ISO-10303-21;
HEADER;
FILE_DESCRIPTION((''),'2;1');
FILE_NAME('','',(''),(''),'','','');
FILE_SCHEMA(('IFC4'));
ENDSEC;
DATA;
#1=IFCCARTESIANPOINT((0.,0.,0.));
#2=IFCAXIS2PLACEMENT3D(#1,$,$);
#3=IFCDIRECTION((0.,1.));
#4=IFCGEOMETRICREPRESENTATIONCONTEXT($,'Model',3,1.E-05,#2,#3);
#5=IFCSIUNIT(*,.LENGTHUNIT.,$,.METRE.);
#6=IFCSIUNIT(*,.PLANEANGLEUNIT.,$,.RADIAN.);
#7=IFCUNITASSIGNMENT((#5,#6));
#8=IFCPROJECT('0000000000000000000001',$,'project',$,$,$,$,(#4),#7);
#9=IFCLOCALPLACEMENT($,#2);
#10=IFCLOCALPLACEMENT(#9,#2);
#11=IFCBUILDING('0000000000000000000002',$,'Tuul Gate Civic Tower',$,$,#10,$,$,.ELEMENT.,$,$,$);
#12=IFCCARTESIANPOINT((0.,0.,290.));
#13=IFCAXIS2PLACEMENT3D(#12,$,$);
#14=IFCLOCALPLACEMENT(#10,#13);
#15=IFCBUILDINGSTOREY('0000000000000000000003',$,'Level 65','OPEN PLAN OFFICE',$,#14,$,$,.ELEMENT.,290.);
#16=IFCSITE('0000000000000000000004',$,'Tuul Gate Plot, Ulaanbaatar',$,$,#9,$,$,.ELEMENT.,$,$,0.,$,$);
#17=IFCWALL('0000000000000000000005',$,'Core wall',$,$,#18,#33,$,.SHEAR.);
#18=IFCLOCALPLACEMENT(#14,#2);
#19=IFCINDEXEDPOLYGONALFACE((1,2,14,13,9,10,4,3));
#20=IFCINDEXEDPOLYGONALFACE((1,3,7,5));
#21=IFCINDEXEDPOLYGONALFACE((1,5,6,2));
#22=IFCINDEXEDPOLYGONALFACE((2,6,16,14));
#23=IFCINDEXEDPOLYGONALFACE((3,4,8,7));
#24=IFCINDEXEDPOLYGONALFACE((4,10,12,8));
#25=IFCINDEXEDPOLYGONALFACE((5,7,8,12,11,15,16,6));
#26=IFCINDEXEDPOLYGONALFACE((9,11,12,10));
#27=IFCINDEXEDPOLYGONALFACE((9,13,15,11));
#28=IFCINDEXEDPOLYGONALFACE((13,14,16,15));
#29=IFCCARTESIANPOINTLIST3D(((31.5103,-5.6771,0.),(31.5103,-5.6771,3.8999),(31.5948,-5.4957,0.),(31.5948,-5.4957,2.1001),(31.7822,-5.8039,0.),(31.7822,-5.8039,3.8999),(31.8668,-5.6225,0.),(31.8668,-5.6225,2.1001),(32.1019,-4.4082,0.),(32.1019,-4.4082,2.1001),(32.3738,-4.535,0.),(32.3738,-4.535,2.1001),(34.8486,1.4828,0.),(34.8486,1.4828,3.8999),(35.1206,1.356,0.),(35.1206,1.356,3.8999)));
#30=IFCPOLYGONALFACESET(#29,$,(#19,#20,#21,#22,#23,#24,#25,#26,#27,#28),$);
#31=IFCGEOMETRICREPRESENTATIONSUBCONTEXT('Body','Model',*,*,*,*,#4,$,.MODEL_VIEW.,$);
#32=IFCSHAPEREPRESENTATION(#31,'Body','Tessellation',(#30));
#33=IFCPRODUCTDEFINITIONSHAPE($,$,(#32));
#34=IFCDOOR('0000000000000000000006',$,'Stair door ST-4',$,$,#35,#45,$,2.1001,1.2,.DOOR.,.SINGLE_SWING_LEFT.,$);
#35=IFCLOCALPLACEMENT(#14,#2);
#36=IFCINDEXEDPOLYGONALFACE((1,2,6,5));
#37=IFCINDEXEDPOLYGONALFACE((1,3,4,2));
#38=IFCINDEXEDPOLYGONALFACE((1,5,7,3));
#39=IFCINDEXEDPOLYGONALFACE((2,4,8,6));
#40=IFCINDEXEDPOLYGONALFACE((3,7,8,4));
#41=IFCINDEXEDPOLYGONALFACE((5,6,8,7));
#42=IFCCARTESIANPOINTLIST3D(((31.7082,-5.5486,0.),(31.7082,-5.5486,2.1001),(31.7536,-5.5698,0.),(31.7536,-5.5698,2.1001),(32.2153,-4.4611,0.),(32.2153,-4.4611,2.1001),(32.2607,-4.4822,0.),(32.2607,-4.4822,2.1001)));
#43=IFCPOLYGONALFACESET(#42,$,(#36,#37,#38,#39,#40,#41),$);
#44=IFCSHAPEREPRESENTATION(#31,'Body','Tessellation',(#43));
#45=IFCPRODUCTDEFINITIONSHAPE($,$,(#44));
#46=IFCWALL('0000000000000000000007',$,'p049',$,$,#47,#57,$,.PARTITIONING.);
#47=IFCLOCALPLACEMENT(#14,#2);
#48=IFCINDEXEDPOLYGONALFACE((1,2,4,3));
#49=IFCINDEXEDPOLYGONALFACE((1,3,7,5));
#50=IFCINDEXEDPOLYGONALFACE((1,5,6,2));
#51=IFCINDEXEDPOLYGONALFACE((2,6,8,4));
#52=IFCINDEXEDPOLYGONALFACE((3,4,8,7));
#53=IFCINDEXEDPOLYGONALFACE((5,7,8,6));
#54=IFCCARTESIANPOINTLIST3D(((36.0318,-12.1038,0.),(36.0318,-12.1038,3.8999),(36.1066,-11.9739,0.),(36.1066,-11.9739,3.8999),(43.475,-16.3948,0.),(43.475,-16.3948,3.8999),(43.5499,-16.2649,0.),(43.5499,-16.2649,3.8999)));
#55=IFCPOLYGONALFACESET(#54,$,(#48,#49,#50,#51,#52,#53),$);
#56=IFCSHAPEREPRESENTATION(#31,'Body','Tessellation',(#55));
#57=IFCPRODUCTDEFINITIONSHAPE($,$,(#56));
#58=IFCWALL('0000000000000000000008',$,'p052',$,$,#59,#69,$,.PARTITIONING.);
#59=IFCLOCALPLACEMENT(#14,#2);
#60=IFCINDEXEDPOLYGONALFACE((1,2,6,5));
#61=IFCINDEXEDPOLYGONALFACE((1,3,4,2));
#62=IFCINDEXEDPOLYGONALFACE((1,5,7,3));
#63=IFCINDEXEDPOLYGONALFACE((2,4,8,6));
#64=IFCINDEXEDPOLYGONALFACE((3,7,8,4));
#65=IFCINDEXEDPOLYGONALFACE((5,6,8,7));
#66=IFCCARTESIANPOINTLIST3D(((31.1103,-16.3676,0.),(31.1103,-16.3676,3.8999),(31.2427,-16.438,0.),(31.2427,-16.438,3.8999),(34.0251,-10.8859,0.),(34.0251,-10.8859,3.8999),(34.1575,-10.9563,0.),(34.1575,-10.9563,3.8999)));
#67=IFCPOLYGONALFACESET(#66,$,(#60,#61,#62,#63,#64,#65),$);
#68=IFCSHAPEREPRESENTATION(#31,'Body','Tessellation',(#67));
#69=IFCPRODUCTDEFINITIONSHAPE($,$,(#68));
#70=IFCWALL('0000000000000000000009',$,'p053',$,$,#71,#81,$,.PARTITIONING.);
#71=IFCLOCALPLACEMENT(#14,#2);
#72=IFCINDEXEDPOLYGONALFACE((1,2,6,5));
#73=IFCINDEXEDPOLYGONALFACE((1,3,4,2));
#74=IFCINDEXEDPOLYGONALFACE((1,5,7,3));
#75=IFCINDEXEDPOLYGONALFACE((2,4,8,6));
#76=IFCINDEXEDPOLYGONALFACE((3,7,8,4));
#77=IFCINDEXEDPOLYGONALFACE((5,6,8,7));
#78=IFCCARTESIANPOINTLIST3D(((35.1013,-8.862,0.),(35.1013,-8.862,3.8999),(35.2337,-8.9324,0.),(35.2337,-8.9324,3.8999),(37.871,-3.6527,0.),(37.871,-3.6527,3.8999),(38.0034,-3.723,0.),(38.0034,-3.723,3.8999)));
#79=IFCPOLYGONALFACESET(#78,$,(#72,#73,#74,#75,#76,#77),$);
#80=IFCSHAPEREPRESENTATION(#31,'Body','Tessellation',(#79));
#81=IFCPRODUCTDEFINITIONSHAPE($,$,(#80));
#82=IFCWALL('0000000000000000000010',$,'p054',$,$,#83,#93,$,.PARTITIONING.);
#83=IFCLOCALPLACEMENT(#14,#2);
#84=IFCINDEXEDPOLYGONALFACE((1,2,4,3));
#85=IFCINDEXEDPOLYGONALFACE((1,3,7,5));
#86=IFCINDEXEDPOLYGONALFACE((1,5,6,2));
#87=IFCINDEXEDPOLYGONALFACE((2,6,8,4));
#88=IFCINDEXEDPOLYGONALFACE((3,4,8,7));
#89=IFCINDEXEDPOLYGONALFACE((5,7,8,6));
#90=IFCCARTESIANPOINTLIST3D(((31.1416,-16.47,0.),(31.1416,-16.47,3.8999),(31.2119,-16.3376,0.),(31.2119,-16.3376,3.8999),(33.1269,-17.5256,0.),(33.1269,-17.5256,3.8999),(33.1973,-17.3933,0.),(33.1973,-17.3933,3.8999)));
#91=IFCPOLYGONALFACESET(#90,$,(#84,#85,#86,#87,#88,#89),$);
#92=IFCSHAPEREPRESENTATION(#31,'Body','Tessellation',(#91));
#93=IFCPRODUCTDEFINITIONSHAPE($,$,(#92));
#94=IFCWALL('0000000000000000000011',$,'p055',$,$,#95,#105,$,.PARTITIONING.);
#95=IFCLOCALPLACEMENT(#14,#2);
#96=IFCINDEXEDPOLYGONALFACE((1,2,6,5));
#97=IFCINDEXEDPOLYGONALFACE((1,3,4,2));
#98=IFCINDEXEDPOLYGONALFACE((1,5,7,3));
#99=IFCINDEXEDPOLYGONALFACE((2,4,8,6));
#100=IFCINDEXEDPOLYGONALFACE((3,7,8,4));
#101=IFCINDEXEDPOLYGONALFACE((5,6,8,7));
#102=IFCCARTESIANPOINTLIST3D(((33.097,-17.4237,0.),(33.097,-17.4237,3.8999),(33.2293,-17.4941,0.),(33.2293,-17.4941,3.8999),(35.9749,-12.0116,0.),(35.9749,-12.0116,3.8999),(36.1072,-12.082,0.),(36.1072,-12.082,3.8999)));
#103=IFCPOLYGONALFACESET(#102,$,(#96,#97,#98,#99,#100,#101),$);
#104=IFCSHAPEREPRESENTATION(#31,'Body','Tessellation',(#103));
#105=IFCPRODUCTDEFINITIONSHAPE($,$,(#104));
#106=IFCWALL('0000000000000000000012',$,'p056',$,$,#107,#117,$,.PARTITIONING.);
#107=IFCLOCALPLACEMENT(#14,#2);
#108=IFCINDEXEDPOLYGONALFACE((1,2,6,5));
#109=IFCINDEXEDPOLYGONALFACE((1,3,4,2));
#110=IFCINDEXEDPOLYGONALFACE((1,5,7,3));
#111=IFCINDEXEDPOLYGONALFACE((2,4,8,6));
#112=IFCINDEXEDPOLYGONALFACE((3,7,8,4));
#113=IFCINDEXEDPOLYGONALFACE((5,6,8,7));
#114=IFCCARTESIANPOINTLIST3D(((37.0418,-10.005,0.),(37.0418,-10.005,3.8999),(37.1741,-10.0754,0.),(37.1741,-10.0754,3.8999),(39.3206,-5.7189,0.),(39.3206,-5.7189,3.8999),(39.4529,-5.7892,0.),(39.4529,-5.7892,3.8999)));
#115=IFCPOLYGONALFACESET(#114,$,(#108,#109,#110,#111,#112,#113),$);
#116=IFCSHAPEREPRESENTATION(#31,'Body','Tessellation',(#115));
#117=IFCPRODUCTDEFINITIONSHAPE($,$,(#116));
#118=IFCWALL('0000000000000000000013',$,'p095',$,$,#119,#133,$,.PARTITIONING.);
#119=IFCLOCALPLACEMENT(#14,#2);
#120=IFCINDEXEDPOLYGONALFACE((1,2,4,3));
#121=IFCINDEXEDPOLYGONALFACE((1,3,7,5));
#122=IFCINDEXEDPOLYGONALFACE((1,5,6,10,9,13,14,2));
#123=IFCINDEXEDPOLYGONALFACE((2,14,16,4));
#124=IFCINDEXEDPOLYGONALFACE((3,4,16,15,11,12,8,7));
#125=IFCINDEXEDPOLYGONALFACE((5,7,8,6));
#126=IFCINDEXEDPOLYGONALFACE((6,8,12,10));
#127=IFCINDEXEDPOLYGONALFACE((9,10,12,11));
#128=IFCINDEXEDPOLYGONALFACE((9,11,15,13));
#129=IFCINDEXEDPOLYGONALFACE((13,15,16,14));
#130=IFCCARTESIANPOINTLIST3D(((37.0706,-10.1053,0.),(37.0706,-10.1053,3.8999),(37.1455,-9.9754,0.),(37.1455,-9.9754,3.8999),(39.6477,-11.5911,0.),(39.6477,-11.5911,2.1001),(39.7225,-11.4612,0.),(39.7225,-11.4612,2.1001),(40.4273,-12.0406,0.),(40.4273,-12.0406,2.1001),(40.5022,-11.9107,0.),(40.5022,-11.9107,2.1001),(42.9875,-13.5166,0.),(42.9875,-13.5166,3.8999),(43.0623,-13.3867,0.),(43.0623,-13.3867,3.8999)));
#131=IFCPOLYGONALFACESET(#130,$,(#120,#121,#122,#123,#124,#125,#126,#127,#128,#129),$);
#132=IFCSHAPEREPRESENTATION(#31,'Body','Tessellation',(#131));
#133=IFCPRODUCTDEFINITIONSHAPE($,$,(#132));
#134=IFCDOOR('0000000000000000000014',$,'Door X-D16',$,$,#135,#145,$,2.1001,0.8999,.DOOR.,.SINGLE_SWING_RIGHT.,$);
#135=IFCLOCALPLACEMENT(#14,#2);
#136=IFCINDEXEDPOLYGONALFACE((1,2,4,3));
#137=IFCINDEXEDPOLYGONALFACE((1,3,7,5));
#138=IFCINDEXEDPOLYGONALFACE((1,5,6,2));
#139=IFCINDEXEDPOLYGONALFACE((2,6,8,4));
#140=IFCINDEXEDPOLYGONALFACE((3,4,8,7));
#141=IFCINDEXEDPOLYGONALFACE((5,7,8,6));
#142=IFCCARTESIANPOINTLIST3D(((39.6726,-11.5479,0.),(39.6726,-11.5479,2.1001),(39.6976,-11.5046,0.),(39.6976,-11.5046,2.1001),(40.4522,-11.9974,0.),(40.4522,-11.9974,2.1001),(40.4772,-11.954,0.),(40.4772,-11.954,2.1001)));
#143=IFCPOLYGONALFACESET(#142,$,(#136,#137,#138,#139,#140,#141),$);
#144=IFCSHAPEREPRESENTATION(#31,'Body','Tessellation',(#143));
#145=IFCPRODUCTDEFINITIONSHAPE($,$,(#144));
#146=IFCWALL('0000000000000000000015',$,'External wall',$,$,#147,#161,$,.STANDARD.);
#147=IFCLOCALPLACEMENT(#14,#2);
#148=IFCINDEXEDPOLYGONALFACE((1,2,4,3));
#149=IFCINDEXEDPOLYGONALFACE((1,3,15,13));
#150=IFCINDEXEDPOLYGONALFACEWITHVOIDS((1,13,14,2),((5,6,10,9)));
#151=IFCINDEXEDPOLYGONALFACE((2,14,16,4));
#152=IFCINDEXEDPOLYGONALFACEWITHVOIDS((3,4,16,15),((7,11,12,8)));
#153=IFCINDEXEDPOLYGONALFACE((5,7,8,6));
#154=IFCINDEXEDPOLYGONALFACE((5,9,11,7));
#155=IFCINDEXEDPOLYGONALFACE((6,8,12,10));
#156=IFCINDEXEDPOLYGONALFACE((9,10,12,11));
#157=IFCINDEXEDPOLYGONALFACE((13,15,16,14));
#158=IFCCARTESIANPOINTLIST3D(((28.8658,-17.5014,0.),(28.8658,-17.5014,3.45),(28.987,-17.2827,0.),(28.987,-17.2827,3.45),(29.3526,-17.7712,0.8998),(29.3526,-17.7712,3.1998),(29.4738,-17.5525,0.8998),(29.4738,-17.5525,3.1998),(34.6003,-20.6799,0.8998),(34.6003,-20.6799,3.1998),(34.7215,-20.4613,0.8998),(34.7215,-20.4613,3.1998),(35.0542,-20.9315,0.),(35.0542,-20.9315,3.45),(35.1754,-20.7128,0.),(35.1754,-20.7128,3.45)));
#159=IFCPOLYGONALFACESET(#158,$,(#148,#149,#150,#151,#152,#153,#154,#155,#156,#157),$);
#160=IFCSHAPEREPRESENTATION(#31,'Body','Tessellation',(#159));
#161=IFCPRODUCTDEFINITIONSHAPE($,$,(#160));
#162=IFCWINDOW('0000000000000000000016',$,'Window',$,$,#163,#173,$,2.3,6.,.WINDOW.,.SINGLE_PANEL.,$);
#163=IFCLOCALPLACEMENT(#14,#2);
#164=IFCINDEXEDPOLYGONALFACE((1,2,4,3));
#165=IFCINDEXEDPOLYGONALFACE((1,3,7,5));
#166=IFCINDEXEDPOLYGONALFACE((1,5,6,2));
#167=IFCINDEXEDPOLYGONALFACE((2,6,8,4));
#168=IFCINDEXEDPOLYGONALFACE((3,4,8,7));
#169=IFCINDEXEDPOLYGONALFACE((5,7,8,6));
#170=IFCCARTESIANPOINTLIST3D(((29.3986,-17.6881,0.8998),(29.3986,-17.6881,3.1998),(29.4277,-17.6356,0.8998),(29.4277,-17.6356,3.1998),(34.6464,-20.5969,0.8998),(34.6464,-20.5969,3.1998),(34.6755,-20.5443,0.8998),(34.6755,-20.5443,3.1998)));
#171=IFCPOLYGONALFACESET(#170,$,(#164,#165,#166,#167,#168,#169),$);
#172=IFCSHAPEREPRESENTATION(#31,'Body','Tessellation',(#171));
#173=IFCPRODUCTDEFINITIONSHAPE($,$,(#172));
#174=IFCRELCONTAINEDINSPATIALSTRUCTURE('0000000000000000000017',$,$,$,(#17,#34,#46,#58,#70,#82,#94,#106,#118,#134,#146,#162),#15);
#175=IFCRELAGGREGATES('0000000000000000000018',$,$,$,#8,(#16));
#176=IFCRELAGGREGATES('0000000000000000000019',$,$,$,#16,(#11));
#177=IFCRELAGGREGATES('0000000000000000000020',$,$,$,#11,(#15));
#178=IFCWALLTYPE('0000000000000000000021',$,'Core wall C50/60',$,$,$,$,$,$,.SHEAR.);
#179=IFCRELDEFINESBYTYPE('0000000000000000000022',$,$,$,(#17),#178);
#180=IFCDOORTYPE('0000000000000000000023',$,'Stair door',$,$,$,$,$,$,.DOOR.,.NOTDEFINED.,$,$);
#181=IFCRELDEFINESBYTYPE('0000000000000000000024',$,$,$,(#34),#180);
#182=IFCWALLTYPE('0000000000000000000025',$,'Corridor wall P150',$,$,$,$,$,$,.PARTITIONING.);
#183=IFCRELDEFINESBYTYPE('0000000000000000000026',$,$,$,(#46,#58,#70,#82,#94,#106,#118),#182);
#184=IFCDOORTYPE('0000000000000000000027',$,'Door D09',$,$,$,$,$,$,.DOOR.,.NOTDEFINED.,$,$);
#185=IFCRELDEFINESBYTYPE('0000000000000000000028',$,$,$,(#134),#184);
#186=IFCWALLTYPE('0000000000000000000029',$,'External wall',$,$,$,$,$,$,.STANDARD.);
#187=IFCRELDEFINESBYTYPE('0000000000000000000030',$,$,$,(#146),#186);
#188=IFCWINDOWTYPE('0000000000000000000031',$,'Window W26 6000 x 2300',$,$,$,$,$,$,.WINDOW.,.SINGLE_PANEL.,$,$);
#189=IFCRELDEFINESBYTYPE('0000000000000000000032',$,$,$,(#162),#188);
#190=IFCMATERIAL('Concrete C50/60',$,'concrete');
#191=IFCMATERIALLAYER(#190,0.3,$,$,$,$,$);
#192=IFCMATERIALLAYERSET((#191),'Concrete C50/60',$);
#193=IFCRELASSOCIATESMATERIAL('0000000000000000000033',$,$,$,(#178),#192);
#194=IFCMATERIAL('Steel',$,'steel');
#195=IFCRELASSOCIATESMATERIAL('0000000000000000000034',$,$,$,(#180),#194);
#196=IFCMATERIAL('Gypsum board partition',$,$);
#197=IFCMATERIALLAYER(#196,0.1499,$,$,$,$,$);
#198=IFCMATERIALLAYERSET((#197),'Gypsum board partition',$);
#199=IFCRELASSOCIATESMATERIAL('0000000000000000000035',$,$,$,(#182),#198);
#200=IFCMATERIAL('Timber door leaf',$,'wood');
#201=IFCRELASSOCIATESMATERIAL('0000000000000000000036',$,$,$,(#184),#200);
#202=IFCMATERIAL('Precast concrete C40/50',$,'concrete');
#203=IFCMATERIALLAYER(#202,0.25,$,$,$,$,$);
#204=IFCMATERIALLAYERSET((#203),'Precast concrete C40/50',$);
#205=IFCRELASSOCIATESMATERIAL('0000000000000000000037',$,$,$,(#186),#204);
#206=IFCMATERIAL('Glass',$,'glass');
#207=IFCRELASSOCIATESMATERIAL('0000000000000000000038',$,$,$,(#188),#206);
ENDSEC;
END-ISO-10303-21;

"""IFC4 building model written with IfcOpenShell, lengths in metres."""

from ifc_helpers import new_model, si_unit, direction, frame, frame_2d, origin, place, context, subcontext, project, spatial, rectangle, extrude, material, layer, layer_set, type_object, element, fill, save


model = new_model("IFC4")

# Units and contexts
model_context = context("Model", 3, precision=1e-05, world=origin(), true_north=direction((0.0, 1.0)))
body_context = subcontext(model_context, "Body", "Model", "MODEL_VIEW")
ifc_project = project(units=[si_unit("LENGTHUNIT", "METRE"), si_unit("PLANEANGLEUNIT", "RADIAN")], contexts=[model_context])

# Site, building, storey
site_placement = place(None, origin())
site = spatial("IfcSite", under=ifc_project, at=site_placement, Name="Tuul Gate Plot, Ulaanbaatar", CompositionType="ELEMENT", RefElevation=0.0)
building_placement = place(site_placement, origin())
building = spatial("IfcBuilding", under=site, at=building_placement, Name="Tuul Gate Civic Tower", CompositionType="ELEMENT")
storey_placement = place(building_placement, frame((0.0, 0.0, 290.0)))
storey = spatial("IfcBuildingStorey", under=building, at=storey_placement, Name="Level 65", Description="OPEN PLAN OFFICE", CompositionType="ELEMENT", Elevation=290.0)

# Shared definitions
ifc_material_1 = material(Name="Concrete C50/60", Category="concrete")
ifc_layer_1 = layer(ifc_material_1, 0.3)
ifc_layer_set_1 = layer_set([ifc_layer_1], Name="Concrete C50/60")
wall_type_1 = type_object("IfcWallType", Name="Core wall C50/60", PredefinedType="SHEAR", material=ifc_layer_set_1)

# Wall, opening, door
wall_1_placement = place(storey_placement, frame((31.6462, -5.7405, 0.0), z_axis=(0.0, 0.0, 1.0), x_axis=(0.422583, 0.906324, 0.0)))
wall_1 = element("IfcWall", 1, at=wall_1_placement, inside=storey, type_object=wall_type_1, Name="Core wall", PredefinedType="SHEAR", context=body_context, shape_type="SweptSolid", body=[
    extrude(rectangle(XDim=7.8999, YDim=0.3, at=frame_2d((3.95, 0.0))), origin(), (0.0, 0.0, 1.0), 3.8999),
])
opening_1_placement = place(wall_1_placement, frame((0.2, 0.0, 0.0)))
opening_1 = element("IfcOpeningElement", 2, at=opening_1_placement, cuts=wall_1, PredefinedType="OPENING", context=body_context, shape_type="SweptSolid", body=[
    extrude(rectangle(XDim=1.2, YDim=2.1001, at=frame_2d((0.6001, 1.05))), frame((0.0, 0.1602, 0.0), z_axis=(0.0, -1.0, 0.0), x_axis=(1.0, 0.0, 0.0)), (0.0, 0.0, 1.0), 0.3201),
])
ifc_material_2 = material(Name="Steel", Category="steel")
door_type_1 = type_object("IfcDoorType", Name="Stair door", OperationType="NOTDEFINED", PredefinedType="DOOR", material=ifc_material_2)
door_1_placement = place(opening_1_placement, origin())
door_1 = element("IfcDoor", 3, at=door_1_placement, inside=storey, type_object=door_type_1, Name="Stair door ST-4", OperationType="SINGLE_SWING_LEFT", OverallHeight=2.1001, OverallWidth=1.2, PredefinedType="DOOR", context=body_context, shape_type="SweptSolid", body=[
    extrude(rectangle(XDim=1.2, YDim=2.1001, at=frame_2d((0.6001, 1.05))), frame((0.0, 0.0249, 0.0), z_axis=(0.0, -1.0, 0.0), x_axis=(1.0, 0.0, 0.0)), (0.0, 0.0, 1.0), 0.05),
])
fill(opening_1, door_1)

# Walls
ifc_material_3 = material(Name="Gypsum board partition")
ifc_layer_2 = layer(ifc_material_3, 0.1499)
ifc_layer_set_2 = layer_set([ifc_layer_2], Name="Gypsum board partition")
wall_type_2 = type_object("IfcWallType", Name="Corridor wall P150", PredefinedType="PARTITIONING", material=ifc_layer_set_2)
wall_2_placement = place(storey_placement, frame((36.0691, -12.0388, 0.0), z_axis=(0.0, 0.0, 1.0), x_axis=(0.866348, -0.49944, 0.0)))
element("IfcWall", 4, at=wall_2_placement, inside=storey, type_object=wall_type_2, Name="p049", PredefinedType="PARTITIONING", context=body_context, shape_type="SweptSolid", body=[
    extrude(rectangle(XDim=8.5916, YDim=0.1499, at=frame_2d((4.2959, 0.0))), origin(), (0.0, 0.0, 1.0), 3.8999),
])
wall_3_placement = place(storey_placement, frame((31.1765, -16.4028, 0.0), z_axis=(0.0, 0.0, 1.0), x_axis=(0.469488, 0.882939, 0.0)))
element("IfcWall", 5, at=wall_3_placement, inside=storey, type_object=wall_type_2, Name="p052", PredefinedType="PARTITIONING", context=body_context, shape_type="SweptSolid", body=[
    extrude(rectangle(XDim=6.2085, YDim=0.1499, at=frame_2d((3.1042, 0.0))), origin(), (0.0, 0.0, 1.0), 3.8999),
])
wall_4_placement = place(storey_placement, frame((35.1675, -8.8972, 0.0), z_axis=(0.0, 0.0, 1.0), x_axis=(0.469452, 0.882958, 0.0)))
element("IfcWall", 6, at=wall_4_placement, inside=storey, type_object=wall_type_2, Name="p053", PredefinedType="PARTITIONING", context=body_context, shape_type="SweptSolid", body=[
    extrude(rectangle(XDim=5.8999, YDim=0.1499, at=frame_2d((2.95, 0.0))), origin(), (0.0, 0.0, 1.0), 3.8999),
])
wall_5_placement = place(storey_placement, frame((31.1768, -16.4038, 0.0), z_axis=(0.0, 0.0, 1.0), x_axis=(0.882941, -0.469483, 0.0)))
element("IfcWall", 7, at=wall_5_placement, inside=storey, type_object=wall_type_2, Name="p054", PredefinedType="PARTITIONING", context=body_context, shape_type="SweptSolid", body=[
    extrude(rectangle(XDim=2.2485, YDim=0.1499, at=frame_2d((1.1243, 0.0))), origin(), (0.0, 0.0, 1.0), 3.8999),
])
wall_6_placement = place(storey_placement, frame((33.1631, -17.459, 0.0), z_axis=(0.0, 0.0, 1.0), x_axis=(0.469505, 0.88293, 0.0)))
element("IfcWall", 8, at=wall_6_placement, inside=storey, type_object=wall_type_2, Name="p055", PredefinedType="PARTITIONING", context=body_context, shape_type="SweptSolid", body=[
    extrude(rectangle(XDim=6.1296, YDim=0.1499, at=frame_2d((3.0649, 0.0))), origin(), (0.0, 0.0, 1.0), 3.8999),
])
wall_7_placement = place(storey_placement, frame((37.1079, -10.0403, 0.0), z_axis=(0.0, 0.0, 1.0), x_axis=(0.469444, 0.882962, 0.0)))
element("IfcWall", 9, at=wall_7_placement, inside=storey, type_object=wall_type_2, Name="p056", PredefinedType="PARTITIONING", context=body_context, shape_type="SweptSolid", body=[
    extrude(rectangle(XDim=4.8542, YDim=0.1499, at=frame_2d((2.4272, 0.0))), origin(), (0.0, 0.0, 1.0), 3.8999),
])

# Wall, opening, door
wall_8_placement = place(storey_placement, frame((37.1079, -10.0403, 0.0), z_axis=(0.0, 0.0, 1.0), x_axis=(0.86633, -0.499473, 0.0)))
wall_8 = element("IfcWall", 10, at=wall_8_placement, inside=storey, type_object=wall_type_2, Name="p095", PredefinedType="PARTITIONING", context=body_context, shape_type="SweptSolid", body=[
    extrude(rectangle(XDim=6.8298, YDim=0.1499, at=frame_2d((3.415, 0.0))), origin(), (0.0, 0.0, 1.0), 3.8999),
])
opening_2_placement = place(wall_8_placement, frame((2.9749, 0.0, 0.0)))
opening_2 = element("IfcOpeningElement", 11, at=opening_2_placement, cuts=wall_8, PredefinedType="OPENING", context=body_context, shape_type="SweptSolid", body=[
    extrude(rectangle(XDim=0.8999, YDim=2.1001, at=frame_2d((0.45, 1.05))), frame((0.0, 0.085, 0.0), z_axis=(0.0, -1.0, 0.0), x_axis=(1.0, 0.0, 0.0)), (0.0, 0.0, 1.0), 0.1699),
])
ifc_material_4 = material(Name="Timber door leaf", Category="wood")
door_type_2 = type_object("IfcDoorType", Name="Door D09", OperationType="NOTDEFINED", PredefinedType="DOOR", material=ifc_material_4)
door_2_placement = place(opening_2_placement, origin())
door_2 = element("IfcDoor", 12, at=door_2_placement, inside=storey, type_object=door_type_2, Name="Door X-D16", OperationType="SINGLE_SWING_RIGHT", OverallHeight=2.1001, OverallWidth=0.8999, PredefinedType="DOOR", context=body_context, shape_type="SweptSolid", body=[
    extrude(rectangle(XDim=0.8999, YDim=2.1001, at=frame_2d((0.45, 1.05))), frame((0.0, 0.0249, 0.0), z_axis=(0.0, -1.0, 0.0), x_axis=(1.0, 0.0, 0.0)), (0.0, 0.0, 1.0), 0.05),
])
fill(opening_2, door_2)

# Wall, opening, window
ifc_material_5 = material(Name="Precast concrete C40/50", Category="concrete")
ifc_layer_3 = layer(ifc_material_5, 0.25)
ifc_layer_set_3 = layer_set([ifc_layer_3], Name="Precast concrete C40/50")
wall_type_3 = type_object("IfcWallType", Name="External wall", PredefinedType="STANDARD", material=ifc_layer_set_3)
wall_9_placement = place(storey_placement, frame((28.9265, -17.3921, 0.0), z_axis=(0.0, 0.0, 1.0), x_axis=(0.874629, -0.484793, 0.0)))
wall_9 = element("IfcWall", 13, at=wall_9_placement, inside=storey, type_object=wall_type_3, Name="External wall", PredefinedType="STANDARD", context=body_context, shape_type="SweptSolid", body=[
    extrude(rectangle(XDim=7.0754, YDim=0.25, at=frame_2d((3.5376, 0.0))), origin(), (0.0, 0.0, 1.0), 3.45),
])
opening_3_placement = place(wall_9_placement, frame((0.5564, 0.0, 0.8999)))
opening_3 = element("IfcOpeningElement", 14, at=opening_3_placement, cuts=wall_9, PredefinedType="OPENING", context=body_context, shape_type="SweptSolid", body=[
    extrude(rectangle(XDim=6.0, YDim=2.3, at=frame_2d((3.0, 1.1499))), frame((0.0, 0.135, 0.0), z_axis=(0.0, -1.0, 0.0), x_axis=(1.0, 0.0, 0.0)), (0.0, 0.0, 1.0), 0.27),
])
ifc_material_6 = material(Name="Glass", Category="glass")
window_type = type_object("IfcWindowType", Name="Window W26 6000 x 2300", PartitioningType="SINGLE_PANEL", PredefinedType="WINDOW", material=ifc_material_6)
window_1_placement = place(opening_3_placement, origin())
window_1 = element("IfcWindow", 15, at=window_1_placement, inside=storey, type_object=window_type, Name="Window", OverallHeight=2.3, OverallWidth=6.0, PartitioningType="SINGLE_PANEL", PredefinedType="WINDOW", context=body_context, shape_type="SweptSolid", body=[
    extrude(rectangle(XDim=6.0, YDim=2.3, at=frame_2d((3.0, 1.1499))), frame((0.0, 0.03, 0.0), z_axis=(0.0, -1.0, 0.0), x_axis=(1.0, 0.0, 0.0)), (0.0, 0.0, 1.0), 0.0601),
])
fill(opening_3, window_1)

save(model, "model.ifc")
